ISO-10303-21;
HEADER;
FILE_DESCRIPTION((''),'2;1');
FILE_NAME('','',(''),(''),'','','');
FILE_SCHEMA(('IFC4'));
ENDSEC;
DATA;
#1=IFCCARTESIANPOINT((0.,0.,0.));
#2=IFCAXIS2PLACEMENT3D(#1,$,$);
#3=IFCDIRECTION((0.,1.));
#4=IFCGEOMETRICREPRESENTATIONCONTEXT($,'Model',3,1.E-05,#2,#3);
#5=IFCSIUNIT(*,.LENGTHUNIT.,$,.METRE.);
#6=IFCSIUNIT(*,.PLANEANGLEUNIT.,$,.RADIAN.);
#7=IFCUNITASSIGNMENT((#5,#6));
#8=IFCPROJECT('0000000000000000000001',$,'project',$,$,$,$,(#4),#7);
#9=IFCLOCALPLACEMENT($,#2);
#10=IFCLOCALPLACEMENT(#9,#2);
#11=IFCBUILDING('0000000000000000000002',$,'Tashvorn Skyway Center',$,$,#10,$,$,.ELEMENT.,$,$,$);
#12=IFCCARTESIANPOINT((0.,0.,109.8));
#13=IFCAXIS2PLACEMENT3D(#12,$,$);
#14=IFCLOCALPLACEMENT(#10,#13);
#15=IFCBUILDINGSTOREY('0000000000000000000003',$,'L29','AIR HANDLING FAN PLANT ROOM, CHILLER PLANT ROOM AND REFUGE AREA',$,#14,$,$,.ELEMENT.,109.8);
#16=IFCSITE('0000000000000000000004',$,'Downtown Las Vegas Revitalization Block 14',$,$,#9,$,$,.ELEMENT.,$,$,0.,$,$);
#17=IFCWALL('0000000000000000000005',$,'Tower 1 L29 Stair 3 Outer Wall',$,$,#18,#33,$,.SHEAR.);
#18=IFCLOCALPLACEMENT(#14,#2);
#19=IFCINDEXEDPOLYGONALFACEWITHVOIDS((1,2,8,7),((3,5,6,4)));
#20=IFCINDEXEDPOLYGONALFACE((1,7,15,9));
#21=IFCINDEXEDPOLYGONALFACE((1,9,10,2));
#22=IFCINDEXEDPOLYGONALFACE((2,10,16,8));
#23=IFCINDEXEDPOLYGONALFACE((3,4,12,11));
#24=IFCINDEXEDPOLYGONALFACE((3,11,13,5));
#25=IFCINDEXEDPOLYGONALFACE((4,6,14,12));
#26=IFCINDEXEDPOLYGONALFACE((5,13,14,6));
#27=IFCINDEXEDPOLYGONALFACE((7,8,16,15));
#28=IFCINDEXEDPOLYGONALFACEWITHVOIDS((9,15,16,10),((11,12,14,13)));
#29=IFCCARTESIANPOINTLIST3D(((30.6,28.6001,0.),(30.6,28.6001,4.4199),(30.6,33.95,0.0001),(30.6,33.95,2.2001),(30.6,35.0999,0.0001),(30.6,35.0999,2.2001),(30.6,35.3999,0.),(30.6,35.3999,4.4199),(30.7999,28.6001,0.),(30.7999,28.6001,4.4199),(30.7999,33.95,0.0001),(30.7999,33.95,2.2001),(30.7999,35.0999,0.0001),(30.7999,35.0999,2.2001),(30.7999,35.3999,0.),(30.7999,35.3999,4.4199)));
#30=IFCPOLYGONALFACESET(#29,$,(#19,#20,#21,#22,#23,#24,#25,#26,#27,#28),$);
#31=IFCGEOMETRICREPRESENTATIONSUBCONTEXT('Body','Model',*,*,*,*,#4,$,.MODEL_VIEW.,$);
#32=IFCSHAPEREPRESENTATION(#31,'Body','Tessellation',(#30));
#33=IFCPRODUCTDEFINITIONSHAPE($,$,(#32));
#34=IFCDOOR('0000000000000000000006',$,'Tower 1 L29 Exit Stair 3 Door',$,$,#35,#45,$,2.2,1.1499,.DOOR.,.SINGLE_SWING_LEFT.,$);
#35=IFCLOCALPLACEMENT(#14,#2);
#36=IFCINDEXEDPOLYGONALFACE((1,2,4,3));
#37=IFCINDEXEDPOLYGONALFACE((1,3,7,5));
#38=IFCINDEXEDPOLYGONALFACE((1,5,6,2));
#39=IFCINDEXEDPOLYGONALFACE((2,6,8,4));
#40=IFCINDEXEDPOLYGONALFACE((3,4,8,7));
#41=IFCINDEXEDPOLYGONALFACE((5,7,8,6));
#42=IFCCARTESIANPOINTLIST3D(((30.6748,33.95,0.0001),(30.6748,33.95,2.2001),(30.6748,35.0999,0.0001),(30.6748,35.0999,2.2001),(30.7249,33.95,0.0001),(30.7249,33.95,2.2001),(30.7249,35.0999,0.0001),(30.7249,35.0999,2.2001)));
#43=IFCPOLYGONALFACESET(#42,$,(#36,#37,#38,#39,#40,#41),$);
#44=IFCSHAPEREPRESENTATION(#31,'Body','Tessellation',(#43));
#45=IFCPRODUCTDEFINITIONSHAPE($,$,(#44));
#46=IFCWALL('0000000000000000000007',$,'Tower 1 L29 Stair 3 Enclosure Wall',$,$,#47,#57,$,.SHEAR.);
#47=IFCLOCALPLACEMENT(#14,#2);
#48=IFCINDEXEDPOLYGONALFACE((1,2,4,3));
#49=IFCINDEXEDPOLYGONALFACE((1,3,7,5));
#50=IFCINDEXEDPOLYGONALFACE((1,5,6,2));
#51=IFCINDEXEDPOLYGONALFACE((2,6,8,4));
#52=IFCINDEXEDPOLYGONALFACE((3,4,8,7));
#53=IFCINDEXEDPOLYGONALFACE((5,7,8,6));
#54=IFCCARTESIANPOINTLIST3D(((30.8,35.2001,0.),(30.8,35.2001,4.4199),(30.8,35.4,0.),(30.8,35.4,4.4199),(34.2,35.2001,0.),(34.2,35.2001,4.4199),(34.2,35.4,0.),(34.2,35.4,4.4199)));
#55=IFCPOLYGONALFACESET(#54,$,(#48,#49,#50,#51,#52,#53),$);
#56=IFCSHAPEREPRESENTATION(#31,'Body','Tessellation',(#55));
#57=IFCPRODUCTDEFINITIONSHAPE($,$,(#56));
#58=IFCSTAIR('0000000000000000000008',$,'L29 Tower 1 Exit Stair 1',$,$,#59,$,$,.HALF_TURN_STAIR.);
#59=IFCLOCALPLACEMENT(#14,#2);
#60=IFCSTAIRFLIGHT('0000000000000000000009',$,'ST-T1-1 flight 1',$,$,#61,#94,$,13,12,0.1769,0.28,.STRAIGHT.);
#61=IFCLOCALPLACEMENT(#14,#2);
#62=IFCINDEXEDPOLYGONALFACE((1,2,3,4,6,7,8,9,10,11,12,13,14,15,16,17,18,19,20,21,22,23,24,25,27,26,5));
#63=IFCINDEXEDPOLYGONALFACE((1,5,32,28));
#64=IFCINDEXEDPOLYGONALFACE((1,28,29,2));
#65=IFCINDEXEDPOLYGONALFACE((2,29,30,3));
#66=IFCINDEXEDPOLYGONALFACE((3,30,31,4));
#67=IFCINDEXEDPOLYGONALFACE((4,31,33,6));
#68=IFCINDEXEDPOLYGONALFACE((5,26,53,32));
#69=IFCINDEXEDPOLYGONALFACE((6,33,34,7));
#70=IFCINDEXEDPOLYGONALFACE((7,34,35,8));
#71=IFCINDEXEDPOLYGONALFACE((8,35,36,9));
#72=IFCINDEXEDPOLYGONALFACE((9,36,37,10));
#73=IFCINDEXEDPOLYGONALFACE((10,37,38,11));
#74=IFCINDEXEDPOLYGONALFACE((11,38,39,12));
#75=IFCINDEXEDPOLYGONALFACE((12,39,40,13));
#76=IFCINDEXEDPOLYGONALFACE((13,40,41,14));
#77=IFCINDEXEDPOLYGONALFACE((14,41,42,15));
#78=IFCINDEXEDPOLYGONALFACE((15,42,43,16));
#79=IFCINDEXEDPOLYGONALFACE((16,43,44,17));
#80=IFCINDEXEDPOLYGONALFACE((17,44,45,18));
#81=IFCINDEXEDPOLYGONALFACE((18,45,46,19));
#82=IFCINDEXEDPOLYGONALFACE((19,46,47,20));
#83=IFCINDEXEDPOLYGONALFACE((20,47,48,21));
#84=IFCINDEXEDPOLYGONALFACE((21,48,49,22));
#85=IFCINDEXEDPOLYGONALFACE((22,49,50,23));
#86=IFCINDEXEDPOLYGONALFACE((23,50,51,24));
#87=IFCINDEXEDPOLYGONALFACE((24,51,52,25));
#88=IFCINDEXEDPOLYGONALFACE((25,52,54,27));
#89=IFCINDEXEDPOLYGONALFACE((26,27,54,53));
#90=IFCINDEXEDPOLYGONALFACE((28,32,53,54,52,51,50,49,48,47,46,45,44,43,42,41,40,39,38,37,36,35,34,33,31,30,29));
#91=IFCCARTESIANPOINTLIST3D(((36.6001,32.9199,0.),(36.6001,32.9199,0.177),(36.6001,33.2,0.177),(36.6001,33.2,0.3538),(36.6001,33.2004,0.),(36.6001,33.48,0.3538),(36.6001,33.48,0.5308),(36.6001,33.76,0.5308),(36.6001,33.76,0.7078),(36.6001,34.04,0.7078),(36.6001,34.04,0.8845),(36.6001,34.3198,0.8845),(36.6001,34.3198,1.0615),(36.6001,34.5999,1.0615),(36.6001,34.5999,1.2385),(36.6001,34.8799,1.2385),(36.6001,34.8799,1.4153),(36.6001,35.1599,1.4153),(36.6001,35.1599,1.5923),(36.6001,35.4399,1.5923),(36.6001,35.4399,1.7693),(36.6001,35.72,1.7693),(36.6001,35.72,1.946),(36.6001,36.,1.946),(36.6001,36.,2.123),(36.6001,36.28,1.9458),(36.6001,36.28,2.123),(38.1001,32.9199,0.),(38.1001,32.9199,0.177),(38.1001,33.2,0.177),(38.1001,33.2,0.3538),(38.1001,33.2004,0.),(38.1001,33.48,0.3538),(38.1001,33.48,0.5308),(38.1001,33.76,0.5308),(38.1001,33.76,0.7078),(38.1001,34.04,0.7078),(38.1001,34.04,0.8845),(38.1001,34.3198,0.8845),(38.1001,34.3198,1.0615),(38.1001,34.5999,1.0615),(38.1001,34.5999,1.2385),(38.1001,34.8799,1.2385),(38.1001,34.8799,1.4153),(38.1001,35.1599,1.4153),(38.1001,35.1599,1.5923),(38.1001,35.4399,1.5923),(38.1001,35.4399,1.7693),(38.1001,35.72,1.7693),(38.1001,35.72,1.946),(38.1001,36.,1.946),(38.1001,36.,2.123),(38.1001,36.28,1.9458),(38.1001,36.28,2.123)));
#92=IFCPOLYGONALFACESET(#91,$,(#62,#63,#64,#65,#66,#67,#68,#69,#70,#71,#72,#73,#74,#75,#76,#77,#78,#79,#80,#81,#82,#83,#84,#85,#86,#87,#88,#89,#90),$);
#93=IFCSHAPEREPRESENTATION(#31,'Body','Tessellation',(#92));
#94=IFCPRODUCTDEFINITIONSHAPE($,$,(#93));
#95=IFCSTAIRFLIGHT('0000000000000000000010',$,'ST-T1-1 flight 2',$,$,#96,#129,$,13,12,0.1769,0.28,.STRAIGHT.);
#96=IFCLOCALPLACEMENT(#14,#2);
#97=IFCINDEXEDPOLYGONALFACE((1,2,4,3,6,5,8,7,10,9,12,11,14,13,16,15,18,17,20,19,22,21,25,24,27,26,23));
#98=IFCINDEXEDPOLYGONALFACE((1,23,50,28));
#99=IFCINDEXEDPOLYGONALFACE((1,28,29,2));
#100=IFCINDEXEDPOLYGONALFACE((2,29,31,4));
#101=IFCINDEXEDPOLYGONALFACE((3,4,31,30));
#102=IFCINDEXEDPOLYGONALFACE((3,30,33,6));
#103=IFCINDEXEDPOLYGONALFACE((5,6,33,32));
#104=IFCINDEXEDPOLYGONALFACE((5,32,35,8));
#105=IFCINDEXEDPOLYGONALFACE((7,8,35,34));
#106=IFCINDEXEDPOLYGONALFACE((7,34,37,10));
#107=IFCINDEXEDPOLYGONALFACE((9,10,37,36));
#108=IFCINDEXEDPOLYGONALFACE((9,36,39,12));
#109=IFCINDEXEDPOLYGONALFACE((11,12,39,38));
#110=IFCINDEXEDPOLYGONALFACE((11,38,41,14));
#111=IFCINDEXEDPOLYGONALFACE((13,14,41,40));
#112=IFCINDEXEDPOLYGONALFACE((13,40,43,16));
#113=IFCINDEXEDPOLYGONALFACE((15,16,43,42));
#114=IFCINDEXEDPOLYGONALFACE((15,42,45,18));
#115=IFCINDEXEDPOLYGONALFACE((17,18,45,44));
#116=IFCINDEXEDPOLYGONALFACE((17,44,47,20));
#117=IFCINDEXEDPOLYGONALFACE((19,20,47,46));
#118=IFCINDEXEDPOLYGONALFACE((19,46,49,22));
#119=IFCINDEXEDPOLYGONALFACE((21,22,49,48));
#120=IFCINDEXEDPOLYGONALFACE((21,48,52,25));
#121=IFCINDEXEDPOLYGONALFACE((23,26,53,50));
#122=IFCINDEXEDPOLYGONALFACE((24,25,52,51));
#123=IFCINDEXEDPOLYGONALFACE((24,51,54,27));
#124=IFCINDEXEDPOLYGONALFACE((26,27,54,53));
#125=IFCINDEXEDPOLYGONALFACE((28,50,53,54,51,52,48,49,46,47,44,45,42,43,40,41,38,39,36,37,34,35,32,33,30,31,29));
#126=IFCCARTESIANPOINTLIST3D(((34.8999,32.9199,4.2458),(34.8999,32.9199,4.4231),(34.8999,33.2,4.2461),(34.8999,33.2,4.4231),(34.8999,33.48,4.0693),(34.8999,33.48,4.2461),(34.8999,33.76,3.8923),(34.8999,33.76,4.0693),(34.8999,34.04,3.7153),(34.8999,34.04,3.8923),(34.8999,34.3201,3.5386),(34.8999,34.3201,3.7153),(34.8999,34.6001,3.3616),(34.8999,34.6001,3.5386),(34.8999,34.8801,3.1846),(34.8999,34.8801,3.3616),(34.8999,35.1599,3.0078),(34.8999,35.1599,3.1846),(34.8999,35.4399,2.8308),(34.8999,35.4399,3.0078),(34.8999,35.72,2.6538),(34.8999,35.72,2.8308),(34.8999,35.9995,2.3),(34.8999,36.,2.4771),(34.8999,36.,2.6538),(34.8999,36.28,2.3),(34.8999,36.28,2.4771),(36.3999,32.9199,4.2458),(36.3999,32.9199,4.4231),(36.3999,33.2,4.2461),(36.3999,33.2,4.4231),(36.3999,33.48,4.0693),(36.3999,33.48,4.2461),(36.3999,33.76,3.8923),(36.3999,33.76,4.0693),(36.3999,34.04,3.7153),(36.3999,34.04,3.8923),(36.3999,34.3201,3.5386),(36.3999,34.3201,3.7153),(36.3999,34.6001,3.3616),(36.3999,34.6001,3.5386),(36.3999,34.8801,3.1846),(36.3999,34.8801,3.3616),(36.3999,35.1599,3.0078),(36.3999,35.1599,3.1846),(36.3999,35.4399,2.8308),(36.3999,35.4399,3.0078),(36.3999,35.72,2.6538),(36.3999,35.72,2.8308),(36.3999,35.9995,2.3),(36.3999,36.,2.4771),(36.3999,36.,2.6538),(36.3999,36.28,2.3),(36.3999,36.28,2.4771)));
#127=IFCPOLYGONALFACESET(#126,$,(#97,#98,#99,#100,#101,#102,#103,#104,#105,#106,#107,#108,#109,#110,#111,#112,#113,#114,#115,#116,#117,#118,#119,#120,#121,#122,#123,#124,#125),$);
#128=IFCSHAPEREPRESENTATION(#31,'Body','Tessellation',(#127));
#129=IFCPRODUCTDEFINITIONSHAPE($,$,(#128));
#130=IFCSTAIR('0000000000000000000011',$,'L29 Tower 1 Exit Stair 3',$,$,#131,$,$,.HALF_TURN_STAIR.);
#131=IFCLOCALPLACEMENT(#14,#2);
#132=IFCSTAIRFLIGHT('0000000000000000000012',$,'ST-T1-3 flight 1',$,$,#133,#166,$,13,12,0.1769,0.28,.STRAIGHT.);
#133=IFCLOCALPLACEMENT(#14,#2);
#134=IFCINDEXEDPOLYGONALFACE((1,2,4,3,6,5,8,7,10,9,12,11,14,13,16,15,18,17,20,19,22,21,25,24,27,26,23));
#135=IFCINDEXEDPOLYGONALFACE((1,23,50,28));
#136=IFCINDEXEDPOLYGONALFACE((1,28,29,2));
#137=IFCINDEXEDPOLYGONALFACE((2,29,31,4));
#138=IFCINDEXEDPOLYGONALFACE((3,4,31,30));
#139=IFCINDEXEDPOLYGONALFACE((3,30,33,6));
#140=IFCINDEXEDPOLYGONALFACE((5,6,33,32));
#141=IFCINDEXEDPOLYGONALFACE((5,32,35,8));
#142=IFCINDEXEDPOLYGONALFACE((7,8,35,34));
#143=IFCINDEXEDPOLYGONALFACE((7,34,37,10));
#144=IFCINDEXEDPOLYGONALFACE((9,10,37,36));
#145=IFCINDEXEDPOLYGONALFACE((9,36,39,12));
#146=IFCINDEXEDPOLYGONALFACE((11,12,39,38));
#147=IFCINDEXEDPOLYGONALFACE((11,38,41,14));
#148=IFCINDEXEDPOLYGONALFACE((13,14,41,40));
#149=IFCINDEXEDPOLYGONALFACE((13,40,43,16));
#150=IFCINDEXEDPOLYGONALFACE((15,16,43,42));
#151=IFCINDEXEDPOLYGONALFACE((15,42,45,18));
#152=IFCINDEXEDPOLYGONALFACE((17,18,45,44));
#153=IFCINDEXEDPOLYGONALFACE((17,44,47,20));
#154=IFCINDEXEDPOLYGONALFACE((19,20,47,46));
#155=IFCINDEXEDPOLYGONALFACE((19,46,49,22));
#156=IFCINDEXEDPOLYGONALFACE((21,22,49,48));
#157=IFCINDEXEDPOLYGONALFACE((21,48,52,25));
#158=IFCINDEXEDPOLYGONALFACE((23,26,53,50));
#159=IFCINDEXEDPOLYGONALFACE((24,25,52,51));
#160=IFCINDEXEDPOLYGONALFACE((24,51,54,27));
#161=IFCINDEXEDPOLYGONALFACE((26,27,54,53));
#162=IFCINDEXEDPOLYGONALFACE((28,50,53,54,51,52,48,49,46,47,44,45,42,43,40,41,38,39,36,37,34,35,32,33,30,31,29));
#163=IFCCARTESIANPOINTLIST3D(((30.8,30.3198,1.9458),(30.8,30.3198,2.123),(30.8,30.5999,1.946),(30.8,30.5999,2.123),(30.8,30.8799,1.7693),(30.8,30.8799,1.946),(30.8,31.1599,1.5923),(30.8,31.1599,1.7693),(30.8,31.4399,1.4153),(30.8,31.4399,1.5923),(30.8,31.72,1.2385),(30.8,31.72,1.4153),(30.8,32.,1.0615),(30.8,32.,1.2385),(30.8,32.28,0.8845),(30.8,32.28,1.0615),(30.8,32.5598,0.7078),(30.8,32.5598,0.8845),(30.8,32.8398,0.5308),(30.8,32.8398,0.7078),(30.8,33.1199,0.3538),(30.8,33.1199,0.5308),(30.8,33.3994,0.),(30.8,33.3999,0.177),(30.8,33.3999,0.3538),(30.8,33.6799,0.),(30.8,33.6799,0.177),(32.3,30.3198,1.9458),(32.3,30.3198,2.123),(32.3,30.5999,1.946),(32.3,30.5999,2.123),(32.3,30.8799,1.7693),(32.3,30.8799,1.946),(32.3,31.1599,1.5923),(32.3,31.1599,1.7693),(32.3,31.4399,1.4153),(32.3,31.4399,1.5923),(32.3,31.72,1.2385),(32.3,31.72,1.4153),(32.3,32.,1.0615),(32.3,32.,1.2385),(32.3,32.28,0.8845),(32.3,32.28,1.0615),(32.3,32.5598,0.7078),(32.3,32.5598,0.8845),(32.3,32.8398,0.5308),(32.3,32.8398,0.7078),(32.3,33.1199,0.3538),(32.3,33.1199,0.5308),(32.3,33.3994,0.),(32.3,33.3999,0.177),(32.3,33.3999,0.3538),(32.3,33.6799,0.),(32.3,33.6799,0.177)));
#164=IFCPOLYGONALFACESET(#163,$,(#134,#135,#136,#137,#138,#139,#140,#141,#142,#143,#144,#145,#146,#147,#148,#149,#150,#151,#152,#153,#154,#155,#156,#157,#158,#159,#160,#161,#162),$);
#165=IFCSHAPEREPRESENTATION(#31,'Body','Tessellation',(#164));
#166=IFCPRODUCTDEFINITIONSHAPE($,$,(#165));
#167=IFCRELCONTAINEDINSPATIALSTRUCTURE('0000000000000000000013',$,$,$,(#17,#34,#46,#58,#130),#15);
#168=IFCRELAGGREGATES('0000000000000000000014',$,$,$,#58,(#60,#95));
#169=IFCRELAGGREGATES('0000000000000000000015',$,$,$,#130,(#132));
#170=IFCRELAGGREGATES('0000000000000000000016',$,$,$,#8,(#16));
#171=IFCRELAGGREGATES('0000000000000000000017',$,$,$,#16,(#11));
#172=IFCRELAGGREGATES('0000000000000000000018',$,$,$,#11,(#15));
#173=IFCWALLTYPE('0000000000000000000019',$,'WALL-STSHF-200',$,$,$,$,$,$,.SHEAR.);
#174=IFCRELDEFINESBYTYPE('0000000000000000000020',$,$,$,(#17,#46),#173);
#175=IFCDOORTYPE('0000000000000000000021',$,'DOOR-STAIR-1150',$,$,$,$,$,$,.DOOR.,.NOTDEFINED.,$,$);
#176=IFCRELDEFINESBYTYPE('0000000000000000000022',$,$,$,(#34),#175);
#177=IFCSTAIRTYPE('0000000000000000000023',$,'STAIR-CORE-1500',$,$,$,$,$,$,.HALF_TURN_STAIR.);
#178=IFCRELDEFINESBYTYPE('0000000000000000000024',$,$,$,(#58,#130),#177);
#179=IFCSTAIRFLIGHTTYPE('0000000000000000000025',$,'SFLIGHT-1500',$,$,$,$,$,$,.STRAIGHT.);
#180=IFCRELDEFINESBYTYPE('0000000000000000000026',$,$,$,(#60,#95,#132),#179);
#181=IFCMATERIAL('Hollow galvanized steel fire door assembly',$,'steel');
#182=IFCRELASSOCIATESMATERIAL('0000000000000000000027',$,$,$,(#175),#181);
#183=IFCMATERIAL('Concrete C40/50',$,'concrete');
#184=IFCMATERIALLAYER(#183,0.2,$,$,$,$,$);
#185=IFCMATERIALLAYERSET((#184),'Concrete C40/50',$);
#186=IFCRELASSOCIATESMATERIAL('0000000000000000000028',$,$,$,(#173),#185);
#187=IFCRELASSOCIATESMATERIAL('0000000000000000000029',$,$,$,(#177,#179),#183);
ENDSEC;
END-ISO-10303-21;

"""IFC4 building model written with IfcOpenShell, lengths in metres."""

from ifc_helpers import new_model, si_unit, direction, frame, frame_2d, origin, place, context, subcontext, project, spatial, polyline, rectangle, outline, extrude, material, layer, layer_set, type_object, element, fill, aggregate, save


model = new_model("IFC4")

# Units and contexts
model_context = context("Model", 3, precision=1e-05, world=origin(), true_north=direction((0.0, 1.0)))
body_context = subcontext(model_context, "Body", "Model", "MODEL_VIEW")
ifc_project = project(units=[si_unit("LENGTHUNIT", "METRE"), si_unit("PLANEANGLEUNIT", "RADIAN")], contexts=[model_context])

# Site, building, storey
site_placement = place(None, origin())
site = spatial("IfcSite", under=ifc_project, at=site_placement, Name="Downtown Las Vegas Revitalization Block 14", CompositionType="ELEMENT", RefElevation=0.0)
building_placement = place(site_placement, origin())
building = spatial("IfcBuilding", under=site, at=building_placement, Name="Tashvorn Skyway Center", CompositionType="ELEMENT")
storey_placement = place(building_placement, frame((0.0, 0.0, 109.8)))
storey = spatial("IfcBuildingStorey", under=building, at=storey_placement, Name="L29", Description="AIR HANDLING FAN PLANT ROOM, CHILLER PLANT ROOM AND REFUGE AREA", CompositionType="ELEMENT", Elevation=109.8)

# Shared definitions
ifc_material_1 = material(Name="Concrete C40/50", Category="concrete")
ifc_material_2 = material(Name="Hollow galvanized steel fire door assembly", Category="steel")
door_type = type_object("IfcDoorType", Name="DOOR-STAIR-1150", OperationType="NOTDEFINED", PredefinedType="DOOR", material=ifc_material_2)

# Wall, opening, door
ifc_layer_1 = layer(ifc_material_1, 0.2)
ifc_layer_set_1 = layer_set([ifc_layer_1], Name="Concrete C40/50")
wall_type_1 = type_object("IfcWallType", Name="WALL-STSHF-200", PredefinedType="SHEAR", material=ifc_layer_set_1)
wall_1_placement = place(storey_placement, frame((30.7, 35.3999, 0.0), z_axis=(0.0, 0.0, 1.0), x_axis=(0.0, -1.0, 0.0)))
wall_1 = element("IfcWall", 1, at=wall_1_placement, inside=storey, type_object=wall_type_1, Name="Tower 1 L29 Stair 3 Outer Wall", PredefinedType="SHEAR", context=body_context, shape_type="SweptSolid", body=[
    extrude(rectangle(XDim=6.7998, YDim=0.2, at=frame_2d((3.3999, 0.0))), origin(), (0.0, 0.0, 1.0), 4.4199),
])
opening_1_placement = place(wall_1_placement, frame((0.3, 0.0, 0.0)))
opening_1 = element("IfcOpeningElement", 2, at=opening_1_placement, cuts=wall_1, PredefinedType="OPENING", context=body_context, shape_type="SweptSolid", body=[
    extrude(rectangle(XDim=1.1499, YDim=2.2, at=frame_2d((0.575, 1.1001))), frame((0.0, 0.1099, 0.0), z_axis=(0.0, -1.0, 0.0), x_axis=(1.0, 0.0, 0.0)), (0.0, 0.0, 1.0), 0.22),
])
door_1_placement = place(opening_1_placement, origin())
door_1 = element("IfcDoor", 3, at=door_1_placement, inside=storey, type_object=door_type, Name="Tower 1 L29 Exit Stair 3 Door", OperationType="SINGLE_SWING_LEFT", OverallHeight=2.2, OverallWidth=1.1499, PredefinedType="DOOR", context=body_context, shape_type="SweptSolid", body=[
    extrude(rectangle(XDim=1.1499, YDim=2.2, at=frame_2d((0.575, 1.1001))), frame((0.0, 0.0249, 0.0), z_axis=(0.0, -1.0, 0.0), x_axis=(1.0, 0.0, 0.0)), (0.0, 0.0, 1.0), 0.05),
])
fill(opening_1, door_1)

# Wall
wall_2_placement = place(storey_placement, frame((34.2, 35.3, 0.0), z_axis=(0.0, 0.0, 1.0), x_axis=(-1.0, 0.0, 0.0)))
element("IfcWall", 4, at=wall_2_placement, inside=storey, type_object=wall_type_1, Name="Tower 1 L29 Stair 3 Enclosure Wall", PredefinedType="SHEAR", context=body_context, shape_type="SweptSolid", body=[
    extrude(rectangle(XDim=3.3999, YDim=0.2, at=frame_2d((1.7, 0.0))), origin(), (0.0, 0.0, 1.0), 4.4199),
])

# Stair, stair flights
stair_type = type_object("IfcStairType", Name="STAIR-CORE-1500", PredefinedType="HALF_TURN_STAIR", material=ifc_material_1)
stair_1_placement = place(storey_placement, origin())
stair_1 = element("IfcStair", 5, at=stair_1_placement, inside=storey, type_object=stair_type, Name="L29 Tower 1 Exit Stair 1", PredefinedType="HALF_TURN_STAIR")
stair_flight_type = type_object("IfcStairFlightType", Name="SFLIGHT-1500", PredefinedType="STRAIGHT", material=ifc_material_1)
stair_flight_1_placement = place(storey_placement, frame((37.3501, 32.9199, 0.0), z_axis=(0.0, 0.0, 1.0), x_axis=(0.0, 1.0, 0.0)))
stair_flight_1 = element("IfcStairFlight", 6, at=stair_flight_1_placement, type_object=stair_flight_type, Name="ST-T1-1 flight 1", NumberOfRisers=13, NumberOfTreads=12, PredefinedType="STRAIGHT", RiserHeight=0.1769, TreadLength=0.28, context=body_context, shape_type="SweptSolid", body=[
    extrude(outline(polyline([(0.0, 0.0), (0.0, 0.177), (0.28, 0.177), (0.28, 0.3538), (0.5601, 0.3538), (0.5601, 0.5308), (0.8401, 0.5308), (0.8401, 0.7078), (1.1201, 0.7078), (1.1201, 0.8845), (1.3999, 0.8845), (1.3999, 1.0615), (1.6799, 1.0615), (1.6799, 1.2385), (1.96, 1.2385), (1.96, 1.4153), (2.24, 1.4153), (2.24, 1.5923), (2.52, 1.5923), (2.52, 1.7693), (2.8, 1.7693), (2.8, 1.946), (3.0801, 1.946), (3.0801, 2.123), (3.3601, 2.123), (3.3601, 2.3), (3.3601, 1.9458), (0.2805, 0.0), (0.0, 0.0)])), frame((0.0, 0.75, 0.0), z_axis=(0.0, -1.0, 0.0), x_axis=(1.0, 0.0, 0.0)), (0.0, 0.0, 1.0), 1.5),
])
stair_flight_2_placement = place(storey_placement, frame((35.6499, 36.28, 2.3), z_axis=(0.0, 0.0, 1.0), x_axis=(0.0, -1.0, 0.0)))
stair_flight_2 = element("IfcStairFlight", 7, at=stair_flight_2_placement, type_object=stair_flight_type, Name="ST-T1-1 flight 2", NumberOfRisers=13, NumberOfTreads=12, PredefinedType="STRAIGHT", RiserHeight=0.1769, TreadLength=0.28, context=body_context, shape_type="SweptSolid", body=[
    extrude(outline(polyline([(0.0, 0.0), (0.0, 0.177), (0.28, 0.177), (0.28, 0.3538), (0.5601, 0.3538), (0.5601, 0.5308), (0.8401, 0.5308), (0.8401, 0.7078), (1.1201, 0.7078), (1.1201, 0.8845), (1.3999, 0.8845), (1.3999, 1.0615), (1.6799, 1.0615), (1.6799, 1.2385), (1.96, 1.2385), (1.96, 1.4153), (2.24, 1.4153), (2.24, 1.5923), (2.52, 1.5923), (2.52, 1.7693), (2.8, 1.7693), (2.8, 1.946), (3.0801, 1.946), (3.0801, 2.123), (3.3601, 2.123), (3.3601, 2.3), (3.3601, 1.9458), (0.2805, 0.0), (0.0, 0.0)])), frame((0.0, 0.75, 0.0), z_axis=(0.0, -1.0, 0.0), x_axis=(1.0, 0.0, 0.0)), (0.0, 0.0, 1.0), 1.5),
])
aggregate(stair_1, [stair_flight_1, stair_flight_2])

# Stair, stair flight
stair_2_placement = place(storey_placement, origin())
stair_2 = element("IfcStair", 8, at=stair_2_placement, inside=storey, type_object=stair_type, Name="L29 Tower 1 Exit Stair 3", PredefinedType="HALF_TURN_STAIR")
stair_flight_3_placement = place(storey_placement, frame((31.55, 33.6799, 0.0), z_axis=(0.0, 0.0, 1.0), x_axis=(0.0, -1.0, 0.0)))
stair_flight_3 = element("IfcStairFlight", 9, at=stair_flight_3_placement, type_object=stair_flight_type, Name="ST-T1-3 flight 1", NumberOfRisers=13, NumberOfTreads=12, PredefinedType="STRAIGHT", RiserHeight=0.1769, TreadLength=0.28, context=body_context, shape_type="SweptSolid", body=[
    extrude(outline(polyline([(0.0, 0.0), (0.0, 0.177), (0.28, 0.177), (0.28, 0.3538), (0.5601, 0.3538), (0.5601, 0.5308), (0.8401, 0.5308), (0.8401, 0.7078), (1.1201, 0.7078), (1.1201, 0.8845), (1.3999, 0.8845), (1.3999, 1.0615), (1.6799, 1.0615), (1.6799, 1.2385), (1.96, 1.2385), (1.96, 1.4153), (2.24, 1.4153), (2.24, 1.5923), (2.52, 1.5923), (2.52, 1.7693), (2.8, 1.7693), (2.8, 1.946), (3.0801, 1.946), (3.0801, 2.123), (3.3601, 2.123), (3.3601, 2.3), (3.3601, 1.9458), (0.2805, 0.0), (0.0, 0.0)])), frame((0.0, 0.75, 0.0), z_axis=(0.0, -1.0, 0.0), x_axis=(1.0, 0.0, 0.0)), (0.0, 0.0, 1.0), 1.5),
])
aggregate(stair_2, [stair_flight_3])

save(model, "model.ifc")
